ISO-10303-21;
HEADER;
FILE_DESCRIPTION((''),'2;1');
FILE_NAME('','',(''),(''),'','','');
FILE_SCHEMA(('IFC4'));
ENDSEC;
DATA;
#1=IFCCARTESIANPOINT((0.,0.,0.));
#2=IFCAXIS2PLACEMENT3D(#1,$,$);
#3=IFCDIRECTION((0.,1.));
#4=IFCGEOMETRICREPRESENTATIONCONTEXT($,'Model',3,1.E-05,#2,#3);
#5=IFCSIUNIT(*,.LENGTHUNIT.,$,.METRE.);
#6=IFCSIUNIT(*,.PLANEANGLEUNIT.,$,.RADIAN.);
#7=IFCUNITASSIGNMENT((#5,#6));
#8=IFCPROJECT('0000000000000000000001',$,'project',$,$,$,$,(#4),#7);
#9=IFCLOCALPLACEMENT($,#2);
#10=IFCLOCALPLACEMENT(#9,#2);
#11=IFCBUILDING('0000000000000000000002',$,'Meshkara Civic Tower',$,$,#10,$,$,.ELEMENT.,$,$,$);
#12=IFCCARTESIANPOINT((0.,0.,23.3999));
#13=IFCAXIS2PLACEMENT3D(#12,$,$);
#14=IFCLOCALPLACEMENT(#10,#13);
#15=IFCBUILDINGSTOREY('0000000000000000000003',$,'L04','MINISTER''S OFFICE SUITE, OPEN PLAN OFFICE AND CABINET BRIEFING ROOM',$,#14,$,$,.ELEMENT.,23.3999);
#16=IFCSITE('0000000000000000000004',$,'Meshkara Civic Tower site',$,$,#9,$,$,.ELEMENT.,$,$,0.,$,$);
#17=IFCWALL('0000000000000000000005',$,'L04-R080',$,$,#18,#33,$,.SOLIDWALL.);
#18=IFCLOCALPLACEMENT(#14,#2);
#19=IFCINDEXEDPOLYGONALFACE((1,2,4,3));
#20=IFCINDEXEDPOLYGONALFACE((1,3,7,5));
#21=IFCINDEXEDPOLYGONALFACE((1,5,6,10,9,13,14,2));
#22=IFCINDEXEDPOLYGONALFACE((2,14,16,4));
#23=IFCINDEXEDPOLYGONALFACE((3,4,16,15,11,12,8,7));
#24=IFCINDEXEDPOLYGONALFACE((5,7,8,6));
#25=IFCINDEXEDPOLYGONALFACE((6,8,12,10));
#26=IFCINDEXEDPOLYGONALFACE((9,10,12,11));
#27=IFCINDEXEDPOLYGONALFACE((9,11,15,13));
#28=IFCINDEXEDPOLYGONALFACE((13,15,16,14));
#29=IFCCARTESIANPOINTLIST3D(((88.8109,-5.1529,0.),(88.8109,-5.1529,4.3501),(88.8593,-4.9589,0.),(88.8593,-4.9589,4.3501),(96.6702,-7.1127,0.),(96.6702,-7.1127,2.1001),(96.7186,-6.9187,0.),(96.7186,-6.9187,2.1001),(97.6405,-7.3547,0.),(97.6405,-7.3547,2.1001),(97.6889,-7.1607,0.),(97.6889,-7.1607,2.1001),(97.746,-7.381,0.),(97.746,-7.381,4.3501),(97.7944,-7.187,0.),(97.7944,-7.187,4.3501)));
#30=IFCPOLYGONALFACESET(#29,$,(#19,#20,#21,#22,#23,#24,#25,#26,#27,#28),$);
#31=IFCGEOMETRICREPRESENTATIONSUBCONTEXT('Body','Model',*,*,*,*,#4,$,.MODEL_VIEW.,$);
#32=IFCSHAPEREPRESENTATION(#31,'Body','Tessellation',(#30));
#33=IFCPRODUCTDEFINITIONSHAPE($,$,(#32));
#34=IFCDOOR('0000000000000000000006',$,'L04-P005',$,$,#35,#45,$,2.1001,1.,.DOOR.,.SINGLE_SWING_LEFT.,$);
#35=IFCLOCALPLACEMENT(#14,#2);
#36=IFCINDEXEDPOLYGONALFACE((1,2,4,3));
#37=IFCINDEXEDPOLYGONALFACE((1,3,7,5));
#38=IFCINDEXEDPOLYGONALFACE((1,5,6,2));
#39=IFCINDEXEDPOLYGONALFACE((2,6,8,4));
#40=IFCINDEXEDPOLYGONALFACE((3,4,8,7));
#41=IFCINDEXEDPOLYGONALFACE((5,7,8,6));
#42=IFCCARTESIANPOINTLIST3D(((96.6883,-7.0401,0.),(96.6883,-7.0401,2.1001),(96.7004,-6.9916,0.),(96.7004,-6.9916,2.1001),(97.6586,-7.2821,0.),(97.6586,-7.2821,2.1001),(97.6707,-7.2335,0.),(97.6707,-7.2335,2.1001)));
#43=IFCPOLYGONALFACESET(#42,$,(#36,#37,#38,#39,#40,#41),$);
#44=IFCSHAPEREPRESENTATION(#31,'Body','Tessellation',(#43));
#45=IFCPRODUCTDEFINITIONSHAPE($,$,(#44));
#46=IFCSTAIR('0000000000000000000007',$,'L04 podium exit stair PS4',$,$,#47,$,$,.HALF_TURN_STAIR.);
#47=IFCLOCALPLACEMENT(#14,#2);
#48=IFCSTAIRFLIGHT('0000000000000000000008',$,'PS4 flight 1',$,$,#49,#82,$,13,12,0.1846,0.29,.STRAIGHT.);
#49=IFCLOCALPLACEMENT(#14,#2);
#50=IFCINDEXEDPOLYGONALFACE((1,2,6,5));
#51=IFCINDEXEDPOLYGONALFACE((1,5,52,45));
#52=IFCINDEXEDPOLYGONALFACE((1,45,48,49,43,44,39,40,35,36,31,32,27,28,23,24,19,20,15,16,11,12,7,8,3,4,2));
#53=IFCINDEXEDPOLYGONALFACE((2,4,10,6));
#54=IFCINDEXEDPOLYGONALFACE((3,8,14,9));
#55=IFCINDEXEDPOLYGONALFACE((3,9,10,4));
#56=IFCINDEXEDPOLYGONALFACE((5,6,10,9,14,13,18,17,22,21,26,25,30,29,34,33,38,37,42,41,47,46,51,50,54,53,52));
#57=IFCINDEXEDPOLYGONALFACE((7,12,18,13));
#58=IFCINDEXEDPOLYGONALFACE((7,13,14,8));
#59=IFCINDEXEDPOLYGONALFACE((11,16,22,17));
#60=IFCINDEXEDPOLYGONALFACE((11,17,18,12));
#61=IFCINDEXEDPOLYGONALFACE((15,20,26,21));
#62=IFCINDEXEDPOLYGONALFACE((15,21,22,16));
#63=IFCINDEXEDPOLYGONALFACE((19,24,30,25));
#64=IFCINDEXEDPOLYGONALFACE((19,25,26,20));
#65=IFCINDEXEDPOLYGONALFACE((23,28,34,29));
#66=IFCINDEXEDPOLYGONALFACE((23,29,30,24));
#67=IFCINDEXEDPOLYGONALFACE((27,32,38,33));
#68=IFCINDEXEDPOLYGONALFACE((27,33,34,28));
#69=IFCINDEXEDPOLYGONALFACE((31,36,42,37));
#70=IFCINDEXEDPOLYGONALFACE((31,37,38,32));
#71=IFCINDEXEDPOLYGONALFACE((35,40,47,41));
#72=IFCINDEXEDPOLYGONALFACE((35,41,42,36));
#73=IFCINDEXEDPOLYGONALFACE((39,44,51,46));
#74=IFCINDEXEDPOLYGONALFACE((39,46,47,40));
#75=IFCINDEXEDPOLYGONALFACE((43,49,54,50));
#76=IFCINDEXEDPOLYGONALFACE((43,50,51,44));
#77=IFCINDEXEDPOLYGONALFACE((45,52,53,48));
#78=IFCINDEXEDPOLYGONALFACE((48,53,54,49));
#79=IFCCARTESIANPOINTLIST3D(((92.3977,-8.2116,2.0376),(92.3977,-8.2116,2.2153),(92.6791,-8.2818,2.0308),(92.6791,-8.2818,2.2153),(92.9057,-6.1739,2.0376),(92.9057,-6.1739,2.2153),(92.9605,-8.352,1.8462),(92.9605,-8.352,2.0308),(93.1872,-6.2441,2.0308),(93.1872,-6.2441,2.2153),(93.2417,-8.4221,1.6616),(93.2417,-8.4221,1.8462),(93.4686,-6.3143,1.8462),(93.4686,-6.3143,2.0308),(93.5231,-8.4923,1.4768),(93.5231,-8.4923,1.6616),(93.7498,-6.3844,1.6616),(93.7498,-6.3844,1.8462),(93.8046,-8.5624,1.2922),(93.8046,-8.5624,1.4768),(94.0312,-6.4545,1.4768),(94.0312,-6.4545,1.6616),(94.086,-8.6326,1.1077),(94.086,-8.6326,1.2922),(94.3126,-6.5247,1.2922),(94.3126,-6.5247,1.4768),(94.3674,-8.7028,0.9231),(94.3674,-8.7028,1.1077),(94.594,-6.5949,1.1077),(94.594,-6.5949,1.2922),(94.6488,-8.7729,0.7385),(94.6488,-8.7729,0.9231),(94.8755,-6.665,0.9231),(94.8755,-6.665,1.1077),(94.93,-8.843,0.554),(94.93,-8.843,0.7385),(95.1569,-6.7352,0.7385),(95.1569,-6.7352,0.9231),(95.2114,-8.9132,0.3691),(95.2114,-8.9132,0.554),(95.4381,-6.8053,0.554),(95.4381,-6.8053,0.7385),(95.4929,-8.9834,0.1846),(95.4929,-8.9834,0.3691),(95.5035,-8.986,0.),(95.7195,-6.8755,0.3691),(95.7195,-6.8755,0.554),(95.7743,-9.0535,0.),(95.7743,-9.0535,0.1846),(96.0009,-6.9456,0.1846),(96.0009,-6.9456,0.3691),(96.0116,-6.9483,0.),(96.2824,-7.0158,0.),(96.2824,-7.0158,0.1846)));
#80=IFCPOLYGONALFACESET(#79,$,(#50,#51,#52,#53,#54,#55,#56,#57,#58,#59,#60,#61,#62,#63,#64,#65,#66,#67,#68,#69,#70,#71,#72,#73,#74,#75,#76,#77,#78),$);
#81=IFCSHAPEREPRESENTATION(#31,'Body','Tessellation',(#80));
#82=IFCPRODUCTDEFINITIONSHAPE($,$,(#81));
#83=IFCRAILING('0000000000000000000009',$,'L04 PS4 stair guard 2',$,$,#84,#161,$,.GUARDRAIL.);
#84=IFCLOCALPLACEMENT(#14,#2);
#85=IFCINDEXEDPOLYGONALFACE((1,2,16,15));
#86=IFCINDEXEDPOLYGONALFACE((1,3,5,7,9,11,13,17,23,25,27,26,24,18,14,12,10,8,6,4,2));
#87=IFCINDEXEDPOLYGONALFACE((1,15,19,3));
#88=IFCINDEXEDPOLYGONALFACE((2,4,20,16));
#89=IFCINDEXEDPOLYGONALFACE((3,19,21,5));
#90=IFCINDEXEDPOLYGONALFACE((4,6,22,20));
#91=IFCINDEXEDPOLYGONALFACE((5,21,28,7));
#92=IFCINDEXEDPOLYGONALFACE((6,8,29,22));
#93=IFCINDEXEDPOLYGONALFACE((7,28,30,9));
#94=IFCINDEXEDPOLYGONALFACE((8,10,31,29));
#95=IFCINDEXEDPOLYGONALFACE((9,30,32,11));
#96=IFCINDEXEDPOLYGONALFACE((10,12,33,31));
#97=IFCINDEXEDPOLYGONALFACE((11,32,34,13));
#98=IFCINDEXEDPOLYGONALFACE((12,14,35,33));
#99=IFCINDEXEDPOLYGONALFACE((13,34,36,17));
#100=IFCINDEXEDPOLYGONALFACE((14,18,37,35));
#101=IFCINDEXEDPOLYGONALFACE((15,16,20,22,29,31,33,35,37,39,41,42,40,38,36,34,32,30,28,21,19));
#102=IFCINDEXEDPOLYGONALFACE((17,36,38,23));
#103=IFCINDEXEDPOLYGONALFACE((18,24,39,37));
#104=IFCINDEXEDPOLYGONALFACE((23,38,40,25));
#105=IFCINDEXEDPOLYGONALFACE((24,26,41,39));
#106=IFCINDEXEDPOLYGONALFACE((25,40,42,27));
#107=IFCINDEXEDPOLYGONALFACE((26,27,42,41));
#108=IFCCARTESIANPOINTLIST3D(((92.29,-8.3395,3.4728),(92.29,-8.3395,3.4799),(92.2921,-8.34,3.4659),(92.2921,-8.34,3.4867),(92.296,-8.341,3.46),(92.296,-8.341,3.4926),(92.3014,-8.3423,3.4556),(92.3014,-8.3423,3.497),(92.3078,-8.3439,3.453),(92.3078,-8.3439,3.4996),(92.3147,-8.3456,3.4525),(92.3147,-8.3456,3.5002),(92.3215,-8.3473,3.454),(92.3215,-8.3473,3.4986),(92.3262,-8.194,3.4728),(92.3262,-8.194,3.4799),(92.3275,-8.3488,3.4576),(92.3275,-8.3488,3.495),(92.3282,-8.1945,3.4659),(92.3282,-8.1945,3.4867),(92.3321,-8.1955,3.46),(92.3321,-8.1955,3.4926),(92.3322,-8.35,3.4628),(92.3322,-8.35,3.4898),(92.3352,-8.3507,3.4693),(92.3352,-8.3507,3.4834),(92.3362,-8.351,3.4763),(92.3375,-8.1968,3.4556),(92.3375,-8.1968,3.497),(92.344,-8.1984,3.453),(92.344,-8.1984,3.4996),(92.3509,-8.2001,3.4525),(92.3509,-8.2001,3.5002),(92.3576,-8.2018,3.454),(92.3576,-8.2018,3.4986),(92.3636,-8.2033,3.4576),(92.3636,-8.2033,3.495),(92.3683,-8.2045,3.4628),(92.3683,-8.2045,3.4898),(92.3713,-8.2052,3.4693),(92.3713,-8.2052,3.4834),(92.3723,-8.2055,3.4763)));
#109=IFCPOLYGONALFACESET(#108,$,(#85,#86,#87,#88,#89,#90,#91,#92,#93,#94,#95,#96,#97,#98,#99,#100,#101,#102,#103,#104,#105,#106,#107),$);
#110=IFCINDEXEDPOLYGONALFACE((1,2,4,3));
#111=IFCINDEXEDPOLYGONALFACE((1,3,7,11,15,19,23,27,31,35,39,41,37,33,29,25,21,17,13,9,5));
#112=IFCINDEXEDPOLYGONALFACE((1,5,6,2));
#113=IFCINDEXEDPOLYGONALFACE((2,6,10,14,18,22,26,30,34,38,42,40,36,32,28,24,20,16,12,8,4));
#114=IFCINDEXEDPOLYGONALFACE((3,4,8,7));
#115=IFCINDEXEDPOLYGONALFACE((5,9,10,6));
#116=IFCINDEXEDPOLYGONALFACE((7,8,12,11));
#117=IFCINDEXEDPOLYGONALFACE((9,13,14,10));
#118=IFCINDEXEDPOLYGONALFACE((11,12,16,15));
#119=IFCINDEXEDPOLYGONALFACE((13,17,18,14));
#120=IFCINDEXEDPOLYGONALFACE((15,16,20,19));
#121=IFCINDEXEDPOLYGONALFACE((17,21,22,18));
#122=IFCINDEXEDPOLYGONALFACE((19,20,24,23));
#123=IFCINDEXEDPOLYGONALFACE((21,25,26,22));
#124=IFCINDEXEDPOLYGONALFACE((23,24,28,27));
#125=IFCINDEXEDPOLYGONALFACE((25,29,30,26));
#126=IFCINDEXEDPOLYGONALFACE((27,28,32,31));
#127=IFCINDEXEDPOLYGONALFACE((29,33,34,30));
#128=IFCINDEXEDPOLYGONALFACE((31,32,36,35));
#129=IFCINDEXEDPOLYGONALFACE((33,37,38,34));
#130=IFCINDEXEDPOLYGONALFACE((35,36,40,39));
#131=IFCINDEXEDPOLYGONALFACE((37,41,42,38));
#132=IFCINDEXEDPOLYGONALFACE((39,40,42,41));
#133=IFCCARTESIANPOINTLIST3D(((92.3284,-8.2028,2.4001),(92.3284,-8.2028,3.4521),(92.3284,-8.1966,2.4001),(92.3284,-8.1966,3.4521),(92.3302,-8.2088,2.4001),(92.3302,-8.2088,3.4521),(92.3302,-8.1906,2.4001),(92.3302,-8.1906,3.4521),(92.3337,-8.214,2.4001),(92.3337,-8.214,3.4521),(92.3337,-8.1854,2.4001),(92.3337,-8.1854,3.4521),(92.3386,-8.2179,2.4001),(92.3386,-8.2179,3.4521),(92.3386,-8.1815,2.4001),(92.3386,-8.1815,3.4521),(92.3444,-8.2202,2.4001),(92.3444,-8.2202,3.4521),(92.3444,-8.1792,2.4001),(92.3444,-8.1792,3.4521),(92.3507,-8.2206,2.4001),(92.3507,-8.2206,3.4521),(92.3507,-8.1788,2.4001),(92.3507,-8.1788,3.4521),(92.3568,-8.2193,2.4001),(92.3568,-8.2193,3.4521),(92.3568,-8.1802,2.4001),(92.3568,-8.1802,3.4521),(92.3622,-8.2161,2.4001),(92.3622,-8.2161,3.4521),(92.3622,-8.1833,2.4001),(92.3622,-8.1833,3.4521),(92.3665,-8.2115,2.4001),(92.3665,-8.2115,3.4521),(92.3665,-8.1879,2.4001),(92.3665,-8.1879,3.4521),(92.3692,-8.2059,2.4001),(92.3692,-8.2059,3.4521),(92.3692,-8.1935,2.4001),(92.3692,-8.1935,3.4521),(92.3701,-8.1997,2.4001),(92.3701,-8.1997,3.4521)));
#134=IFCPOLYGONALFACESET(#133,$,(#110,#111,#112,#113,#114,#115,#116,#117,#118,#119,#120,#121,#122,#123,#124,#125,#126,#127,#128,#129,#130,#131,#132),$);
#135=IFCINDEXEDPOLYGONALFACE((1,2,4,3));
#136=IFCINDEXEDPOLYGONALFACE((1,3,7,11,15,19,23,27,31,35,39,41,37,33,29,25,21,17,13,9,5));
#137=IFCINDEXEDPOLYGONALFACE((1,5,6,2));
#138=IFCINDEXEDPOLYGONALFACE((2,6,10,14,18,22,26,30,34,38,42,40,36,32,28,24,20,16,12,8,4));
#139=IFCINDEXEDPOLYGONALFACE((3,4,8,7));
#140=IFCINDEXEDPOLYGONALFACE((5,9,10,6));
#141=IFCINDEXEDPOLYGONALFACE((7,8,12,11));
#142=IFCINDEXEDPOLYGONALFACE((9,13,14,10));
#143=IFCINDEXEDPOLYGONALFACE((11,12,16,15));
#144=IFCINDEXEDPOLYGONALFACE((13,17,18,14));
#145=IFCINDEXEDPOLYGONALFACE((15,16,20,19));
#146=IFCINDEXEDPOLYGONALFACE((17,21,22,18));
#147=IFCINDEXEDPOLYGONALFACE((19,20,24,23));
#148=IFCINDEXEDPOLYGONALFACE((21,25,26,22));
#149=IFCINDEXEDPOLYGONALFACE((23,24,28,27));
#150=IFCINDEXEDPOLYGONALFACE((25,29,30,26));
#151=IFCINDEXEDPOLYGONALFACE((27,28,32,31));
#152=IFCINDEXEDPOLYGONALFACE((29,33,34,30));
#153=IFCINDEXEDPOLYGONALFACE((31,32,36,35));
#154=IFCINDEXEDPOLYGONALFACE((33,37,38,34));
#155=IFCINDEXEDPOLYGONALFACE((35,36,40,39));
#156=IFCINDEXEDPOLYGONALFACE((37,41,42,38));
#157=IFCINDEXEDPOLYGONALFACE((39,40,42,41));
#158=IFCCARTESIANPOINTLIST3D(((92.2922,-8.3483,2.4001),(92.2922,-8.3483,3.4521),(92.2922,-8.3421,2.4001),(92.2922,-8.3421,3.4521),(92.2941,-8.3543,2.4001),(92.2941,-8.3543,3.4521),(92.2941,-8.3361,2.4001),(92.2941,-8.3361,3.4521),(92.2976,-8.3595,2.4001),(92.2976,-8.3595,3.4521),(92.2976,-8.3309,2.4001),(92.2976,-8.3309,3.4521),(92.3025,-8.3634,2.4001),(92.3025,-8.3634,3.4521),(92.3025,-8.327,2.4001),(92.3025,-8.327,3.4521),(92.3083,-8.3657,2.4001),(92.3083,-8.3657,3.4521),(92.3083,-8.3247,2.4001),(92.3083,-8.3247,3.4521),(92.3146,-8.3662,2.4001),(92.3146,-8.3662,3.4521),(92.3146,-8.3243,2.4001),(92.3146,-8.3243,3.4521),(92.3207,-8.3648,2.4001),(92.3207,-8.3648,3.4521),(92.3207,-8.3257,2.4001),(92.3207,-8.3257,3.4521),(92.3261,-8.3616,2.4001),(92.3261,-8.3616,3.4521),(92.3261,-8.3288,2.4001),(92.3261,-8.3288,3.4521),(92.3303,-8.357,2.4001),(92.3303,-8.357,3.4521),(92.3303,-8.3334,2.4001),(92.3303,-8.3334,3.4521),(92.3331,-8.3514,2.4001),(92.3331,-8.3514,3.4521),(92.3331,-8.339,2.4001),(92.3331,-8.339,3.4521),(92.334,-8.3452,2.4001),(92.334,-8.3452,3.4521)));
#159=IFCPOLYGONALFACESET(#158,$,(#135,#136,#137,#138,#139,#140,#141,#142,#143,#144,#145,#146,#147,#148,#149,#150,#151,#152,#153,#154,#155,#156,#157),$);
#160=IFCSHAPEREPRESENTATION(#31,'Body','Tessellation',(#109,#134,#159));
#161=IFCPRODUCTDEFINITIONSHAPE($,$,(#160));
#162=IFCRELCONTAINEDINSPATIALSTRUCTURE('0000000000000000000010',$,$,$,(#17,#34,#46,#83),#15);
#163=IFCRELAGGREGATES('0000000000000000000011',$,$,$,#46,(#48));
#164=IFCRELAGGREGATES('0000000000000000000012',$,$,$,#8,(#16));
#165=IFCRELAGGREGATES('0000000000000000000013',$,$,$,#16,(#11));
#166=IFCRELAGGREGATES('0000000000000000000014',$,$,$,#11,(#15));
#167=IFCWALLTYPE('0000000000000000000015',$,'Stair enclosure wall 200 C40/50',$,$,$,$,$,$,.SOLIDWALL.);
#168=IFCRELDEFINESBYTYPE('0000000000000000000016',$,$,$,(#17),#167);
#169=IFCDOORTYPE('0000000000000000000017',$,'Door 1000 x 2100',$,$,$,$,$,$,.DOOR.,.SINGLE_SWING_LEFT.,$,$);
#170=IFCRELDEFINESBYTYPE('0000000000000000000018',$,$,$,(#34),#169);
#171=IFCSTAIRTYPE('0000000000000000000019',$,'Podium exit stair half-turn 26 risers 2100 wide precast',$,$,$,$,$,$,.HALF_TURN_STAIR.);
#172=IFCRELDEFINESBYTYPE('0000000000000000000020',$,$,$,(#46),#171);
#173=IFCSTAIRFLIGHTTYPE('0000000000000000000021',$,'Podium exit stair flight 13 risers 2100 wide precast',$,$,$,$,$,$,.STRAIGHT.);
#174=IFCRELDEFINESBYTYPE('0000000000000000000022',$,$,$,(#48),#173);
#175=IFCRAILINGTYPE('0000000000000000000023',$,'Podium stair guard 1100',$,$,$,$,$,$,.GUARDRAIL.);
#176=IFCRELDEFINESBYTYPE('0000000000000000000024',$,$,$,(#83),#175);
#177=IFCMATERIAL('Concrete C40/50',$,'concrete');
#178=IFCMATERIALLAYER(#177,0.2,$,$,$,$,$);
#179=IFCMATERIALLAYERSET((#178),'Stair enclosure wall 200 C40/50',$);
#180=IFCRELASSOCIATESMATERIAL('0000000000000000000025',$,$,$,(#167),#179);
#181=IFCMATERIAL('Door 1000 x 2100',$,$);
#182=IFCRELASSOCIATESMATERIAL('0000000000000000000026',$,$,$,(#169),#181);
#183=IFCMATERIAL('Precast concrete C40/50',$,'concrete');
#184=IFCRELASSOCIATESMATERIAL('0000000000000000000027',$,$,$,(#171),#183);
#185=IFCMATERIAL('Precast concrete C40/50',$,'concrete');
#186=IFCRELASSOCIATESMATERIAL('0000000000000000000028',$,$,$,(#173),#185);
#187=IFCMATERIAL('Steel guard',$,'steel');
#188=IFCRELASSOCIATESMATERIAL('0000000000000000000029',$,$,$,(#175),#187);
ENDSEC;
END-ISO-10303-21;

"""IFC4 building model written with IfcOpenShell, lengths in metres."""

from ifc_helpers import new_model, si_unit, direction, frame, frame_2d, origin, origin_2d, place, context, subcontext, project, spatial, polyline, rectangle, circle, outline, extrude, material, layer, layer_set, type_object, element, fill, aggregate, save


model = new_model("IFC4")

# Units and contexts
model_context = context("Model", 3, precision=1e-05, world=origin(), true_north=direction((0.0, 1.0)))
body_context = subcontext(model_context, "Body", "Model", "MODEL_VIEW")
ifc_project = project(units=[si_unit("LENGTHUNIT", "METRE"), si_unit("PLANEANGLEUNIT", "RADIAN")], contexts=[model_context])

# Site, building, storey
site_placement = place(None, origin())
site = spatial("IfcSite", under=ifc_project, at=site_placement, Name="Meshkara Civic Tower site", CompositionType="ELEMENT", RefElevation=0.0)
building_placement = place(site_placement, origin())
building = spatial("IfcBuilding", under=site, at=building_placement, Name="Meshkara Civic Tower", CompositionType="ELEMENT")
storey_placement = place(building_placement, frame((0.0, 0.0, 23.3999)))
storey = spatial("IfcBuildingStorey", under=building, at=storey_placement, Name="L04", Description="MINISTER'S OFFICE SUITE, OPEN PLAN OFFICE AND CABINET BRIEFING ROOM", CompositionType="ELEMENT", Elevation=23.3999)

# Wall, opening, door
ifc_material_1 = material(Name="Concrete C40/50", Category="concrete")
ifc_layer_1 = layer(ifc_material_1, 0.2)
ifc_layer_set_1 = layer_set([ifc_layer_1], Name="Stair enclosure wall 200 C40/50")
wall_type_1 = type_object("IfcWallType", Name="Stair enclosure wall 200 C40/50", PredefinedType="SOLIDWALL", material=ifc_layer_set_1)
wall_1_placement = place(storey_placement, frame((88.835, -5.0559, 0.0), z_axis=(0.0, 0.0, 1.0), x_axis=(0.970289, -0.241949, 0.0)))
wall_1 = element("IfcWall", 1, at=wall_1_placement, inside=storey, type_object=wall_type_1, Name="L04-R080", PredefinedType="SOLIDWALL", context=body_context, shape_type="SweptSolid", body=[
    extrude(rectangle(XDim=9.2087, YDim=0.2, at=frame_2d((4.6045, 0.0))), origin(), (0.0, 0.0, 1.0), 4.3501),
])
opening_1_placement = place(wall_1_placement, frame((8.1001, 0.0, 0.0)))
opening_1 = element("IfcOpeningElement", 2, at=opening_1_placement, cuts=wall_1, PredefinedType="OPENING", context=body_context, shape_type="SweptSolid", body=[
    extrude(rectangle(XDim=1.0, YDim=2.1001, at=frame_2d((0.5, 1.05))), frame((0.0, 0.1099, 0.0), z_axis=(0.0, -1.0, 0.0), x_axis=(1.0, 0.0, 0.0)), (0.0, 0.0, 1.0), 0.22),
])
ifc_material_2 = material(Name="Door 1000 x 2100")
door_type = type_object("IfcDoorType", Name="Door 1000 x 2100", OperationType="SINGLE_SWING_LEFT", PredefinedType="DOOR", material=ifc_material_2)
door_placement = place(opening_1_placement, origin())
door = element("IfcDoor", 3, at=door_placement, inside=storey, type_object=door_type, Name="L04-P005", OperationType="SINGLE_SWING_LEFT", OverallHeight=2.1001, OverallWidth=1.0, PredefinedType="DOOR", context=body_context, shape_type="SweptSolid", body=[
    extrude(rectangle(XDim=1.0, YDim=2.1001, at=frame_2d((0.5, 1.05))), frame((0.0, 0.0249, 0.0), z_axis=(0.0, -1.0, 0.0), x_axis=(1.0, 0.0, 0.0)), (0.0, 0.0, 1.0), 0.05),
])
fill(opening_1, door)

# Stair, stair flight
ifc_material_3 = material(Name="Precast concrete C40/50", Category="concrete")
stair_type = type_object("IfcStairType", Name="Podium exit stair half-turn 26 risers 2100 wide precast", PredefinedType="HALF_TURN_STAIR", material=ifc_material_3)
stair_placement = place(storey_placement, origin())
stair = element("IfcStair", 4, at=stair_placement, inside=storey, type_object=stair_type, Name="L04 podium exit stair PS4", PredefinedType="HALF_TURN_STAIR")
ifc_material_4 = material(Name="Precast concrete C40/50", Category="concrete")
stair_flight_type = type_object("IfcStairFlightType", Name="Podium exit stair flight 13 risers 2100 wide precast", PredefinedType="STRAIGHT", material=ifc_material_4)
stair_flight_placement = place(storey_placement, frame((96.0283, -8.0347, 0.0), z_axis=(0.0, 0.0, 1.0), x_axis=(-0.970296, 0.241922, 0.0)))
stair_flight = element("IfcStairFlight", 5, at=stair_flight_placement, type_object=stair_flight_type, Name="PS4 flight 1", NumberOfRisers=13, NumberOfTreads=12, PredefinedType="STRAIGHT", RiserHeight=0.1846, TreadLength=0.29, context=body_context, shape_type="SweptSolid", body=[
    extrude(outline(polyline([(0.0, 0.0), (0.0, 0.1846), (0.29, 0.1846), (0.29, 0.3691), (0.5801, 0.3691), (0.5801, 0.554), (0.8701, 0.554), (0.8701, 0.7385), (1.1599, 0.7385), (1.1599, 0.9231), (1.45, 0.9231), (1.45, 1.1077), (1.74, 1.1077), (1.74, 1.2922), (2.03, 1.2922), (2.03, 1.4768), (2.3201, 1.4768), (2.3201, 1.6616), (2.6101, 1.6616), (2.6101, 1.8462), (2.8999, 1.8462), (2.8999, 2.0308), (3.1899, 2.0308), (3.1899, 2.2153), (3.48, 2.2153), (3.48, 2.3999), (3.48, 2.0376), (0.2791, 0.0), (0.0, 0.0)])), frame((0.0, 1.05, 0.0), z_axis=(0.0, -1.0, 0.0), x_axis=(1.0, 0.0, 0.0)), (0.0, 0.0, 1.0), 2.1001),
])
aggregate(stair, [stair_flight])

# Railing
ifc_material_5 = material(Name="Steel guard", Category="steel")
railing_type_1 = type_object("IfcRailingType", Name="Podium stair guard 1100", PredefinedType="GUARDRAIL", material=ifc_material_5)
railing_1_placement = place(storey_placement, frame((92.3491, -8.1997, 2.4001)))
element("IfcRailing", 6, at=railing_1_placement, inside=storey, type_object=railing_type_1, Name="L04 PS4 stair guard 2", PredefinedType="GUARDRAIL", context=body_context, shape_type="SweptSolid", body=[
    extrude(circle(Radius=0.0239, at=origin_2d()), frame((0.0, 0.0, 1.0762), z_axis=(-0.241003, -0.970524, 0.0), x_axis=(0.970524, -0.241003, 0.0)), (0.0, 0.0, 1.0), 0.1499),
    extrude(circle(Radius=0.021, at=origin_2d()), origin(), (0.0, 0.0, 1.0), 1.052),
    extrude(circle(Radius=0.021, at=origin_2d()), frame((-0.0361, -0.1455, 0.0)), (0.0, 0.0, 1.0), 1.052),
])

save(model, "model.ifc")
